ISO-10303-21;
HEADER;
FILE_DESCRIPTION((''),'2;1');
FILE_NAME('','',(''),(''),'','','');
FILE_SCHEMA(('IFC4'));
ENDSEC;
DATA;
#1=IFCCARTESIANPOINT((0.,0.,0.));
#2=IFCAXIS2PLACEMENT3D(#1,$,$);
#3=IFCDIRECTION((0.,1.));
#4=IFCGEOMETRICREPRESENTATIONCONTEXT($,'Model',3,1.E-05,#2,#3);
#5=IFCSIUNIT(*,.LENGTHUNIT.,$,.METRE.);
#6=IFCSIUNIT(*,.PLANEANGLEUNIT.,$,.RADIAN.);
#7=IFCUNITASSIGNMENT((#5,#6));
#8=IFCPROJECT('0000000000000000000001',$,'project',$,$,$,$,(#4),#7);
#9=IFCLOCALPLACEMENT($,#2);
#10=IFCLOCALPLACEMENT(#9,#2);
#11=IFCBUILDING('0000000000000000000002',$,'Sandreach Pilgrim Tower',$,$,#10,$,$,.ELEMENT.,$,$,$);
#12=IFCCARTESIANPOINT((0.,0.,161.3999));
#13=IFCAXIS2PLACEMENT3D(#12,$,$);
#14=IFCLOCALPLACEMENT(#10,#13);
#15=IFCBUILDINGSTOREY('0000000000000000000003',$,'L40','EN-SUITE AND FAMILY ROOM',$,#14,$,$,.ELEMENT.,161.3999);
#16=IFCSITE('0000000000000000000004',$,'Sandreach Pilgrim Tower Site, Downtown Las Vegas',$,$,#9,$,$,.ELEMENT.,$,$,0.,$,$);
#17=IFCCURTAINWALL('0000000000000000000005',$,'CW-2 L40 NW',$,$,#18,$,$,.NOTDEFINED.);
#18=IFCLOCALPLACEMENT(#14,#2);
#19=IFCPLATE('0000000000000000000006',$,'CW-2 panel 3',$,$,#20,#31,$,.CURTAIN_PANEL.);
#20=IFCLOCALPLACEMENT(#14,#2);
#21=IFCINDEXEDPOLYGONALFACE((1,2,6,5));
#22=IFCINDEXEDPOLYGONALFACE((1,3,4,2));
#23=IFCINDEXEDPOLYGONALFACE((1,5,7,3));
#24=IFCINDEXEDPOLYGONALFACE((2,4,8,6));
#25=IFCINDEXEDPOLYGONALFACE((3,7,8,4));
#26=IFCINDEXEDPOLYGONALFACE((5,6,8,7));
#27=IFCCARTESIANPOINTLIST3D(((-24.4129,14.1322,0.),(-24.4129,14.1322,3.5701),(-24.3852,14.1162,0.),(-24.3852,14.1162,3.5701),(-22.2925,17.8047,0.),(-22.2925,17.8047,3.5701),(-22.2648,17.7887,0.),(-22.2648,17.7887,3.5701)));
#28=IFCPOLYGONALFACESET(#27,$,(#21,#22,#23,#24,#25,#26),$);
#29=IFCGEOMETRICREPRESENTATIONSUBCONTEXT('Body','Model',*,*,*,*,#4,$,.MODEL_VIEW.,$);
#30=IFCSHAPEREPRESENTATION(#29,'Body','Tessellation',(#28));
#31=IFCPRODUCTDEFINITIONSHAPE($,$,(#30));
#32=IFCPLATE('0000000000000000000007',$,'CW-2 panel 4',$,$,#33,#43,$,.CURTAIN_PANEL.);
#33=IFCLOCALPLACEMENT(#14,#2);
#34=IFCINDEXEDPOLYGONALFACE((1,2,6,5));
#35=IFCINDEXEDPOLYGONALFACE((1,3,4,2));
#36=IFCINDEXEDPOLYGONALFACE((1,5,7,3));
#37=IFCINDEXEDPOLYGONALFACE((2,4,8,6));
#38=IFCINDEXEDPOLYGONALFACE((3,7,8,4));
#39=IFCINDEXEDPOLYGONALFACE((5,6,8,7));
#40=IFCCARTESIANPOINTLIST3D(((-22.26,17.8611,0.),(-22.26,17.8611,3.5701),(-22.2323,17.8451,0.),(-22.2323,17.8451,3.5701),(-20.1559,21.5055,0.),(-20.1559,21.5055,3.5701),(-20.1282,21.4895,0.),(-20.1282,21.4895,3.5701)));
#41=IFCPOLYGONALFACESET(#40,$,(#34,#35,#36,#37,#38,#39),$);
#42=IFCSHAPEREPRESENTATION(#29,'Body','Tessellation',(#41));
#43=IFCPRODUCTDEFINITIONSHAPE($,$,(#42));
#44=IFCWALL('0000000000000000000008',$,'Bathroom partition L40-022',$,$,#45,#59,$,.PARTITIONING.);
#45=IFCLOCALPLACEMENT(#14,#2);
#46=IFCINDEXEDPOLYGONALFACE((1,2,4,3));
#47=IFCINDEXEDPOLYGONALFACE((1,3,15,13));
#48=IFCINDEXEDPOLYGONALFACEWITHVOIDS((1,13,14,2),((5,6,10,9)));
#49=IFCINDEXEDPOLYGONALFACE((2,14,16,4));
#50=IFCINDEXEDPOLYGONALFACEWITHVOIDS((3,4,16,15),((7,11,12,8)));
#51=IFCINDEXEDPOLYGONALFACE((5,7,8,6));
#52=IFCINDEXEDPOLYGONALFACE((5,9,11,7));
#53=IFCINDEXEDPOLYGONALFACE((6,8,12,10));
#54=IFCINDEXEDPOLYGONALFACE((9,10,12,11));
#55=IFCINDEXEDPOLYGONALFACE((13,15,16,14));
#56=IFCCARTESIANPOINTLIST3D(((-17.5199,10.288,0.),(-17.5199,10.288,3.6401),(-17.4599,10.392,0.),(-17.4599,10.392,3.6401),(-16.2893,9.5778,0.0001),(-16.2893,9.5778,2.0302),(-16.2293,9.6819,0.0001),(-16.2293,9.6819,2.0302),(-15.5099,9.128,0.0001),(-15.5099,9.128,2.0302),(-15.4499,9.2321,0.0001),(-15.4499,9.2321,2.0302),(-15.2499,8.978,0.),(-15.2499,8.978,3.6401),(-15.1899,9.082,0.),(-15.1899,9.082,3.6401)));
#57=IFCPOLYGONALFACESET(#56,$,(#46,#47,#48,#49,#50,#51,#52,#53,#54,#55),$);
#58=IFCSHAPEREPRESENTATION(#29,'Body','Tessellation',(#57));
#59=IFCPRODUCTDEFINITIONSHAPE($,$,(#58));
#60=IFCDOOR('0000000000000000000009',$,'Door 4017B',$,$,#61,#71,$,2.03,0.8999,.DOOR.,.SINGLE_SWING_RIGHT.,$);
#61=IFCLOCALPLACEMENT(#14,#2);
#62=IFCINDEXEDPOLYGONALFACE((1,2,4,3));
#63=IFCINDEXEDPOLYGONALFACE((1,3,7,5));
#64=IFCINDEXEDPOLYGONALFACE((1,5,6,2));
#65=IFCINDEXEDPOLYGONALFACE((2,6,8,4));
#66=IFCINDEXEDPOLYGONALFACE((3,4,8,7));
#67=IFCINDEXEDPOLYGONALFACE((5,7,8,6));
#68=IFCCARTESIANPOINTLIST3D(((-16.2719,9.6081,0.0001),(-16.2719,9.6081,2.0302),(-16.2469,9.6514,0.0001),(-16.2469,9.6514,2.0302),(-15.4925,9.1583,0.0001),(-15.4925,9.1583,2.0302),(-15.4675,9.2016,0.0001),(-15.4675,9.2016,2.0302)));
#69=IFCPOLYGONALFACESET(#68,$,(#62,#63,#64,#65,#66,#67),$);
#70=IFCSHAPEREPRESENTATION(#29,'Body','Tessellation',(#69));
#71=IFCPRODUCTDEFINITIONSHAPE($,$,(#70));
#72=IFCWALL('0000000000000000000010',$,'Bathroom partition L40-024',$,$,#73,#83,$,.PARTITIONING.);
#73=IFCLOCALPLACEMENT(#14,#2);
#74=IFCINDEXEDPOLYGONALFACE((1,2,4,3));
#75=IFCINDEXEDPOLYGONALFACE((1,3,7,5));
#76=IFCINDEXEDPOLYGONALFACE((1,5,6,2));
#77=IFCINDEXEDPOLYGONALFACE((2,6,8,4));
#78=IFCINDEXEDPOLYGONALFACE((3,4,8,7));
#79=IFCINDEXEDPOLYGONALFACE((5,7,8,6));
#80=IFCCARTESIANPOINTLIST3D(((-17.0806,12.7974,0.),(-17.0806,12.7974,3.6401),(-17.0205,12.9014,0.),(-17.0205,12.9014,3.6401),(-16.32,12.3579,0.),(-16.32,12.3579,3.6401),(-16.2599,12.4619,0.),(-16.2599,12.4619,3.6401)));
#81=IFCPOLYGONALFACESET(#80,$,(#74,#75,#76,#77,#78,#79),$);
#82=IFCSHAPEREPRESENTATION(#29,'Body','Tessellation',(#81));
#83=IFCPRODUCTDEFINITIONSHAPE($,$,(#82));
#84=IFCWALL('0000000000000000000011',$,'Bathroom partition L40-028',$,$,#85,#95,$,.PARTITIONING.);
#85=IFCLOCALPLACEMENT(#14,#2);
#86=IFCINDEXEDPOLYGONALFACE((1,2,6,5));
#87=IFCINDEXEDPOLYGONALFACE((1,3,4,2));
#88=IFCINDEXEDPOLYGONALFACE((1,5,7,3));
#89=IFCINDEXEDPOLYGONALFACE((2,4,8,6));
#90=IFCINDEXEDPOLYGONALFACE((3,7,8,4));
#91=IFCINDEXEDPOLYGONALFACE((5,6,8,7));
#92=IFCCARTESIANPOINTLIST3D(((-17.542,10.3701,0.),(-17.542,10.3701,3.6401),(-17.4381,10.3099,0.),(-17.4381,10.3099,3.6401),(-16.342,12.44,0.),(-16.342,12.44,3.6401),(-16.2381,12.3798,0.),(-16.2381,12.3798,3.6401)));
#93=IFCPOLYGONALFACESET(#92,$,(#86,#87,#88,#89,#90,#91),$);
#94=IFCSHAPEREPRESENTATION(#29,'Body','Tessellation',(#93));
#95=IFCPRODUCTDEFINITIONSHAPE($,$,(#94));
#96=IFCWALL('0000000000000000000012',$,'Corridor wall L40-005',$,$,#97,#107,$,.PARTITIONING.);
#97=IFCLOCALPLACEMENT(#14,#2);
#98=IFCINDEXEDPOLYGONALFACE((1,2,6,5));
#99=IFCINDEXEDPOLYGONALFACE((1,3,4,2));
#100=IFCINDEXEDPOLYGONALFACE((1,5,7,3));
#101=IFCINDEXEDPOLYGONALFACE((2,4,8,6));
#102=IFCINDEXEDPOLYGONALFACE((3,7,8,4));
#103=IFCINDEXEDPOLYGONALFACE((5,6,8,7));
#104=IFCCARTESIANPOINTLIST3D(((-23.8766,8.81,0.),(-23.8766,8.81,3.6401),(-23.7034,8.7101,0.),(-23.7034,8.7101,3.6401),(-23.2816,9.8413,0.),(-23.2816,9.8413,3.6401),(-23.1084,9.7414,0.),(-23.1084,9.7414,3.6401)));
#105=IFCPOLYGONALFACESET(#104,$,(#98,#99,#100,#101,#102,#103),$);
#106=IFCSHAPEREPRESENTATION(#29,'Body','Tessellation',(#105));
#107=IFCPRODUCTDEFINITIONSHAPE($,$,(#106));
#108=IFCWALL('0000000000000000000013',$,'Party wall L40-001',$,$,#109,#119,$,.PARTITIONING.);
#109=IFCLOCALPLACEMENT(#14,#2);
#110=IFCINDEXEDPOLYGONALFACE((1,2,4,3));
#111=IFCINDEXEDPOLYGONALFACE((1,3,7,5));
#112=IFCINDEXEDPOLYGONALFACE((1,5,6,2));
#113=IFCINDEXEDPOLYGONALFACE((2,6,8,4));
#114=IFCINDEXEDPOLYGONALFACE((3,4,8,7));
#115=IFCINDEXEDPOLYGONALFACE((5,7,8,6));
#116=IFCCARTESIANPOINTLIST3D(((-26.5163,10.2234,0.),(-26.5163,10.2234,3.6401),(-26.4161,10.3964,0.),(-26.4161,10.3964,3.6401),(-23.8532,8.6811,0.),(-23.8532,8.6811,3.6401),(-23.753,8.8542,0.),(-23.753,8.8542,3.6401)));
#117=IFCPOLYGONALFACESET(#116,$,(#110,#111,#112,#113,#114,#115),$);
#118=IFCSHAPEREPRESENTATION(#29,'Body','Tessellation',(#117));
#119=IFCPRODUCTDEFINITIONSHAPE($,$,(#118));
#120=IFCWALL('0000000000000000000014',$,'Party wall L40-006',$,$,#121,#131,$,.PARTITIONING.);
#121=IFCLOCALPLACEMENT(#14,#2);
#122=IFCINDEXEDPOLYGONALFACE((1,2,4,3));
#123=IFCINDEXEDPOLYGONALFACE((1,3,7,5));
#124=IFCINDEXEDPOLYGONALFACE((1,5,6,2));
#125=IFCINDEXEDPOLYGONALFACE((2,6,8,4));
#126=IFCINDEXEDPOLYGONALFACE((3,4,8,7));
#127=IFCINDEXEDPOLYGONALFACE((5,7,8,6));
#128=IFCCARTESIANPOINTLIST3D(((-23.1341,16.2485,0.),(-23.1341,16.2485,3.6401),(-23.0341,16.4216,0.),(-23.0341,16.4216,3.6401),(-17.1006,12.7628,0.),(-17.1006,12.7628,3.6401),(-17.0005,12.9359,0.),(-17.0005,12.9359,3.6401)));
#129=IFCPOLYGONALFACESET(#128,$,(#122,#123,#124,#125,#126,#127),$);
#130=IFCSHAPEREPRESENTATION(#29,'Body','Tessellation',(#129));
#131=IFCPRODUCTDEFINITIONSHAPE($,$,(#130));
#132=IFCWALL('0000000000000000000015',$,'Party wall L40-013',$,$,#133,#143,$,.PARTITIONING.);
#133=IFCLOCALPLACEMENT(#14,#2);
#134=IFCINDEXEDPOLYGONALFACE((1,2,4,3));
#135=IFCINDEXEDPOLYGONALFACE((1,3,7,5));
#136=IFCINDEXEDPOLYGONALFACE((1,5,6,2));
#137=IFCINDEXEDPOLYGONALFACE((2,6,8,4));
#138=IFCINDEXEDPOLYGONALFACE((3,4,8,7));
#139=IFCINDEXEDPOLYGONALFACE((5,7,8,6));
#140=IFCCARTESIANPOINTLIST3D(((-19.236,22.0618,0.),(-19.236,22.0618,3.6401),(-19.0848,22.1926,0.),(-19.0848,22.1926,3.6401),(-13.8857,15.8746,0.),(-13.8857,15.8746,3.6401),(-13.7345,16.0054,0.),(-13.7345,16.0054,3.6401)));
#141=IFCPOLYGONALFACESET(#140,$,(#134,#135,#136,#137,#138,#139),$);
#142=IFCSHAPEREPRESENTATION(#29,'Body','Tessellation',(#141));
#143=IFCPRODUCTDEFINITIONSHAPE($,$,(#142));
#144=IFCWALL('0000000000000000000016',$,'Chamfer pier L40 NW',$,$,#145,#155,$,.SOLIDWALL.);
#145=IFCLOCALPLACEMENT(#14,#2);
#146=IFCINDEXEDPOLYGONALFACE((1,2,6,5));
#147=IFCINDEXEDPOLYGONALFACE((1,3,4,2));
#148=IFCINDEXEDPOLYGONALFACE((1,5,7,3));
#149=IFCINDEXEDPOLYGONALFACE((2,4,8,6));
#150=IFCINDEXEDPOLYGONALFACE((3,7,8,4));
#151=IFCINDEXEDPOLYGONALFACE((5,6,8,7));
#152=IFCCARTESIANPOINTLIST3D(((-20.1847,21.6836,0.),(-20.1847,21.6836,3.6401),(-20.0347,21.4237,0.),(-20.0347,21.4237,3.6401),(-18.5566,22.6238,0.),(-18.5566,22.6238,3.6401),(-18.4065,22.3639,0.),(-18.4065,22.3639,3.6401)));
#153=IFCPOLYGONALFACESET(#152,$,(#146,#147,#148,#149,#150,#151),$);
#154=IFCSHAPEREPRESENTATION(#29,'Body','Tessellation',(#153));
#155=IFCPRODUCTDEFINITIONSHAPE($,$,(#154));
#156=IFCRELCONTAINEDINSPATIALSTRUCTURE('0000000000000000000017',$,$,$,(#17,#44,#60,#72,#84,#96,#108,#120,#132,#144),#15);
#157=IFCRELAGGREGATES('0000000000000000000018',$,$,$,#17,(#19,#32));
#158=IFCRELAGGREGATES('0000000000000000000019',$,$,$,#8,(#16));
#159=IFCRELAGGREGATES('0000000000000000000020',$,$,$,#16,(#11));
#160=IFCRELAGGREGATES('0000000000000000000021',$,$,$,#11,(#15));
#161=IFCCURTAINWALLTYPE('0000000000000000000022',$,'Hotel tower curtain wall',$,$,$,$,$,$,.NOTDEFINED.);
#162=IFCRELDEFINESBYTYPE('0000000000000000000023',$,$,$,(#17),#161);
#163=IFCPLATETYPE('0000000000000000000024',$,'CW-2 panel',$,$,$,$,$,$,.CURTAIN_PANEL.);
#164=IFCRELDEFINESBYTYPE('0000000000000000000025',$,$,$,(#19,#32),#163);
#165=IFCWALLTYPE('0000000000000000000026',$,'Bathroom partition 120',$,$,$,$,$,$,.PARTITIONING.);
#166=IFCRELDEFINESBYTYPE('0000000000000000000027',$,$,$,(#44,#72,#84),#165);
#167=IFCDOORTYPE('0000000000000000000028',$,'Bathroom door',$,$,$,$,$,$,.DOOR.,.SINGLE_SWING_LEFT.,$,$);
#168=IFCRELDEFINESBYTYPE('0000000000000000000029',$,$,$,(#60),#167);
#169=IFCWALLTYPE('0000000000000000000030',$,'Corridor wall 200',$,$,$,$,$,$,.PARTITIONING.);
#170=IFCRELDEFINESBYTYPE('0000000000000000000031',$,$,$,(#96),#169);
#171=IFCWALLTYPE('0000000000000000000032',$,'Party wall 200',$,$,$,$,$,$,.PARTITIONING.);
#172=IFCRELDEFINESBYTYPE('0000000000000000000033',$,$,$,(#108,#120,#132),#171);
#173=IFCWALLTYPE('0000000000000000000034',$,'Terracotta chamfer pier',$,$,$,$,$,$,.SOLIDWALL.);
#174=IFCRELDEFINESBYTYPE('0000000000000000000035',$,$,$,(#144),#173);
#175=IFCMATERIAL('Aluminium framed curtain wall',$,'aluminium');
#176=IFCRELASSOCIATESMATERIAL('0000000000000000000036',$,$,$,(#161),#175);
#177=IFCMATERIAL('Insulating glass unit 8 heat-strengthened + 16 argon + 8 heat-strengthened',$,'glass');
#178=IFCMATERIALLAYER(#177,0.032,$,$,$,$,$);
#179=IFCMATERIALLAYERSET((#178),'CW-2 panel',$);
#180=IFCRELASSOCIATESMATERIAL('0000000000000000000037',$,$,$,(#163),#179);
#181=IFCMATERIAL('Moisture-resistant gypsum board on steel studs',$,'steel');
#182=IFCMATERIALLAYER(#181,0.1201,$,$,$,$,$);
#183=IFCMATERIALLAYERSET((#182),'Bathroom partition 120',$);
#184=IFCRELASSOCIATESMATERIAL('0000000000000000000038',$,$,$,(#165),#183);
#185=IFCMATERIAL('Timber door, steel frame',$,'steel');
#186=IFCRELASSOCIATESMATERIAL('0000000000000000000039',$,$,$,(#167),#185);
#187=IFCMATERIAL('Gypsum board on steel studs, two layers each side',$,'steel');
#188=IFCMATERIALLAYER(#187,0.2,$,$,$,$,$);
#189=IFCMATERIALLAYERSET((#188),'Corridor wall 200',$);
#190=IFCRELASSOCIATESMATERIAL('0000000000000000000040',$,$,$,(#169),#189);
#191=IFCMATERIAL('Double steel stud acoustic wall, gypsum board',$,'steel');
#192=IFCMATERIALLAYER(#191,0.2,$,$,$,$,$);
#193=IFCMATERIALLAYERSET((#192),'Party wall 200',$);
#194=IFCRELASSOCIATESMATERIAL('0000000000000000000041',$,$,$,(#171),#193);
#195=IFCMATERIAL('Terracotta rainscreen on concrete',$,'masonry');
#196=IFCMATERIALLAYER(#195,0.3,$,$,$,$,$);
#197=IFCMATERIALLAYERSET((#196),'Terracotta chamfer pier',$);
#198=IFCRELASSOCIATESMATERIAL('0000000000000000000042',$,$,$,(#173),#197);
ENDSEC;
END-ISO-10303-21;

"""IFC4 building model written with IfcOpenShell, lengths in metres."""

from ifc_helpers import new_model, si_unit, direction, frame, frame_2d, origin, origin_2d, place, context, subcontext, project, spatial, rectangle, extrude, material, layer, layer_set, type_object, element, fill, aggregate, save


model = new_model("IFC4")

# Units and contexts
model_context = context("Model", 3, precision=1e-05, world=origin(), true_north=direction((0.0, 1.0)))
body_context = subcontext(model_context, "Body", "Model", "MODEL_VIEW")
ifc_project = project(units=[si_unit("LENGTHUNIT", "METRE"), si_unit("PLANEANGLEUNIT", "RADIAN")], contexts=[model_context])

# Site, building, storey
site_placement = place(None, origin())
site = spatial("IfcSite", under=ifc_project, at=site_placement, Name="Sandreach Pilgrim Tower Site, Downtown Las Vegas", CompositionType="ELEMENT", RefElevation=0.0)
building_placement = place(site_placement, origin())
building = spatial("IfcBuilding", under=site, at=building_placement, Name="Sandreach Pilgrim Tower", CompositionType="ELEMENT")
storey_placement = place(building_placement, frame((0.0, 0.0, 161.3999)))
storey = spatial("IfcBuildingStorey", under=building, at=storey_placement, Name="L40", Description="EN-SUITE AND FAMILY ROOM", CompositionType="ELEMENT", Elevation=161.3999)

# Shared definitions
ifc_material_1 = material(Name="Aluminium framed curtain wall", Category="aluminium")
curtain_wall_type = type_object("IfcCurtainWallType", Name="Hotel tower curtain wall", PredefinedType="NOTDEFINED", material=ifc_material_1)

# Curtain wall
curtain_wall_1_placement = place(storey_placement, origin())
curtain_wall_1 = element("IfcCurtainWall", 1, at=curtain_wall_1_placement, inside=storey, type_object=curtain_wall_type, Name="CW-2 L40 NW", PredefinedType="NOTDEFINED")

# Plates
ifc_material_2 = material(Name="Insulating glass unit 8 heat-strengthened + 16 argon + 8 heat-strengthened", Category="glass")
ifc_layer_1 = layer(ifc_material_2, 0.032)
ifc_layer_set_1 = layer_set([ifc_layer_1], Name="CW-2 panel")
plate_type = type_object("IfcPlateType", Name="CW-2 panel", PredefinedType="CURTAIN_PANEL", material=ifc_layer_set_1)
plate_1_placement = place(storey_placement, frame((-23.3389, 15.9604, 0.0), z_axis=(0.0, 0.0, 1.0), x_axis=(0.5, 0.866025, 0.0)))
plate_1 = element("IfcPlate", 2, at=plate_1_placement, type_object=plate_type, Name="CW-2 panel 3", PredefinedType="CURTAIN_PANEL", context=body_context, shape_type="SweptSolid", body=[
    extrude(rectangle(XDim=4.2407, YDim=0.032, at=origin_2d()), origin(), (0.0, 0.0, 1.0), 3.5701),
])
plate_2_placement = place(storey_placement, frame((-21.1941, 19.6753, 0.0), z_axis=(0.0, 0.0, 1.0), x_axis=(0.5, 0.866025, 0.0)))
plate_2 = element("IfcPlate", 3, at=plate_2_placement, type_object=plate_type, Name="CW-2 panel 4", PredefinedType="CURTAIN_PANEL", context=body_context, shape_type="SweptSolid", body=[
    extrude(rectangle(XDim=4.2083, YDim=0.032, at=origin_2d()), origin(), (0.0, 0.0, 1.0), 3.5701),
])
aggregate(curtain_wall_1, [plate_1, plate_2])

# Wall, opening, door
ifc_material_3 = material(Name="Moisture-resistant gypsum board on steel studs", Category="steel")
ifc_layer_2 = layer(ifc_material_3, 0.1201)
ifc_layer_set_2 = layer_set([ifc_layer_2], Name="Bathroom partition 120")
wall_type_1 = type_object("IfcWallType", Name="Bathroom partition 120", PredefinedType="PARTITIONING", material=ifc_layer_set_2)
wall_1_placement = place(storey_placement, frame((-17.49, 10.3401, 0.0), z_axis=(0.0, 0.0, 1.0), x_axis=(0.866114, -0.499846, 0.0)))
wall_1 = element("IfcWall", 4, at=wall_1_placement, inside=storey, type_object=wall_type_1, Name="Bathroom partition L40-022", PredefinedType="PARTITIONING", context=body_context, shape_type="SweptSolid", body=[
    extrude(rectangle(XDim=2.6208, YDim=0.1201, at=frame_2d((1.3105, 0.0))), origin(), (0.0, 0.0, 1.0), 3.6401),
])
opening_placement = place(wall_1_placement, frame((1.4209, 0.0, 0.0)))
opening = element("IfcOpeningElement", 5, at=opening_placement, cuts=wall_1, PredefinedType="OPENING", context=body_context, shape_type="SweptSolid", body=[
    extrude(rectangle(XDim=0.8999, YDim=2.03, at=frame_2d((0.45, 1.0151))), frame((0.0, 0.0601, 0.0), z_axis=(0.0, -1.0, 0.0), x_axis=(1.0, 0.0, 0.0)), (0.0, 0.0, 1.0), 0.1201),
])
ifc_material_4 = material(Name="Timber door, steel frame", Category="steel")
door_type = type_object("IfcDoorType", Name="Bathroom door", OperationType="SINGLE_SWING_LEFT", PredefinedType="DOOR", material=ifc_material_4)
door_placement = place(opening_placement, origin())
door = element("IfcDoor", 6, at=door_placement, inside=storey, type_object=door_type, Name="Door 4017B", OperationType="SINGLE_SWING_RIGHT", OverallHeight=2.03, OverallWidth=0.8999, PredefinedType="DOOR", context=body_context, shape_type="SweptSolid", body=[
    extrude(rectangle(XDim=0.8999, YDim=2.03, at=frame_2d((0.45, 1.0151))), frame((0.0, 0.0249, 0.0), z_axis=(0.0, -1.0, 0.0), x_axis=(1.0, 0.0, 0.0)), (0.0, 0.0, 1.0), 0.05),
])
fill(opening, door)

# Walls
wall_2_placement = place(storey_placement, frame((-17.0505, 12.8494, 0.0), z_axis=(0.0, 0.0, 1.0), x_axis=(0.865838, -0.500324, 0.0)))
element("IfcWall", 7, at=wall_2_placement, inside=storey, type_object=wall_type_1, Name="Bathroom partition L40-024", PredefinedType="PARTITIONING", context=body_context, shape_type="SweptSolid", body=[
    extrude(rectangle(XDim=0.8784, YDim=0.1201, at=frame_2d((0.4392, 0.0))), origin(), (0.0, 0.0, 1.0), 3.6401),
])
wall_3_placement = place(storey_placement, frame((-16.29, 12.4099, 0.0), z_axis=(0.0, 0.0, 1.0), x_axis=(-0.501547, -0.86513, 0.0)))
element("IfcWall", 8, at=wall_3_placement, inside=storey, type_object=wall_type_1, Name="Bathroom partition L40-028", PredefinedType="PARTITIONING", context=body_context, shape_type="SweptSolid", body=[
    extrude(rectangle(XDim=2.3926, YDim=0.1201, at=frame_2d((1.1963, 0.0))), origin(), (0.0, 0.0, 1.0), 3.6401),
])
ifc_material_5 = material(Name="Gypsum board on steel studs, two layers each side", Category="steel")
ifc_layer_3 = layer(ifc_material_5, 0.2)
ifc_layer_set_3 = layer_set([ifc_layer_3], Name="Corridor wall 200")
wall_type_2 = type_object("IfcWallType", Name="Corridor wall 200", PredefinedType="PARTITIONING", material=ifc_layer_set_3)
wall_4_placement = place(storey_placement, frame((-23.1951, 9.7913, 0.0), z_axis=(0.0, 0.0, 1.0), x_axis=(-0.499734, -0.866179, 0.0)))
element("IfcWall", 9, at=wall_4_placement, inside=storey, type_object=wall_type_2, Name="Corridor wall L40-005", PredefinedType="PARTITIONING", context=body_context, shape_type="SweptSolid", body=[
    extrude(rectangle(XDim=1.1907, YDim=0.2, at=frame_2d((0.5952, 0.0))), origin(), (0.0, 0.0, 1.0), 3.6401),
])
ifc_material_6 = material(Name="Double steel stud acoustic wall, gypsum board", Category="steel")
ifc_layer_4 = layer(ifc_material_6, 0.2)
ifc_layer_set_4 = layer_set([ifc_layer_4], Name="Party wall 200")
wall_type_3 = type_object("IfcWallType", Name="Party wall 200", PredefinedType="PARTITIONING", material=ifc_layer_set_4)
wall_5_placement = place(storey_placement, frame((-26.4661, 10.3098, 0.0), z_axis=(0.0, 0.0, 1.0), x_axis=(0.865363, -0.501146, 0.0)))
element("IfcWall", 10, at=wall_5_placement, inside=storey, type_object=wall_type_3, Name="Party wall L40-001", PredefinedType="PARTITIONING", context=body_context, shape_type="SweptSolid", body=[
    extrude(rectangle(XDim=3.0774, YDim=0.2, at=frame_2d((1.5386, 0.0))), origin(), (0.0, 0.0, 1.0), 3.6401),
])
wall_6_placement = place(storey_placement, frame((-23.084, 16.335, 0.0), z_axis=(0.0, 0.0, 1.0), x_axis=(0.86589, -0.500235, 0.0)))
element("IfcWall", 11, at=wall_6_placement, inside=storey, type_object=wall_type_3, Name="Party wall L40-006", PredefinedType="PARTITIONING", context=body_context, shape_type="SweptSolid", body=[
    extrude(rectangle(XDim=6.968, YDim=0.2, at=frame_2d((3.4839, 0.0))), origin(), (0.0, 0.0, 1.0), 3.6401),
])
wall_7_placement = place(storey_placement, frame((-19.1604, 22.1272, 0.0), z_axis=(0.0, 0.0, 1.0), x_axis=(0.654096, -0.756411, 0.0)))
element("IfcWall", 12, at=wall_7_placement, inside=storey, type_object=wall_type_3, Name="Party wall L40-013", PredefinedType="PARTITIONING", context=body_context, shape_type="SweptSolid", body=[
    extrude(rectangle(XDim=8.1797, YDim=0.2, at=frame_2d((4.0898, 0.0))), origin(), (0.0, 0.0, 1.0), 3.6401),
])
ifc_material_7 = material(Name="Terracotta rainscreen on concrete", Category="masonry")
ifc_layer_5 = layer(ifc_material_7, 0.3)
ifc_layer_set_5 = layer_set([ifc_layer_5], Name="Terracotta chamfer pier")
wall_type_4 = type_object("IfcWallType", Name="Terracotta chamfer pier", PredefinedType="SOLIDWALL", material=ifc_layer_set_5)
wall_8_placement = place(storey_placement, frame((-20.1096, 21.5537, 0.0), z_axis=(0.0, 0.0, 1.0), x_axis=(0.865989, 0.500063, 0.0)))
element("IfcWall", 13, at=wall_8_placement, inside=storey, type_object=wall_type_4, Name="Chamfer pier L40 NW", PredefinedType="SOLIDWALL", context=body_context, shape_type="SweptSolid", body=[
    extrude(rectangle(XDim=1.8801, YDim=0.3, at=frame_2d((0.9399, 0.0))), origin(), (0.0, 0.0, 1.0), 3.6401),
])

save(model, "model.ifc")
